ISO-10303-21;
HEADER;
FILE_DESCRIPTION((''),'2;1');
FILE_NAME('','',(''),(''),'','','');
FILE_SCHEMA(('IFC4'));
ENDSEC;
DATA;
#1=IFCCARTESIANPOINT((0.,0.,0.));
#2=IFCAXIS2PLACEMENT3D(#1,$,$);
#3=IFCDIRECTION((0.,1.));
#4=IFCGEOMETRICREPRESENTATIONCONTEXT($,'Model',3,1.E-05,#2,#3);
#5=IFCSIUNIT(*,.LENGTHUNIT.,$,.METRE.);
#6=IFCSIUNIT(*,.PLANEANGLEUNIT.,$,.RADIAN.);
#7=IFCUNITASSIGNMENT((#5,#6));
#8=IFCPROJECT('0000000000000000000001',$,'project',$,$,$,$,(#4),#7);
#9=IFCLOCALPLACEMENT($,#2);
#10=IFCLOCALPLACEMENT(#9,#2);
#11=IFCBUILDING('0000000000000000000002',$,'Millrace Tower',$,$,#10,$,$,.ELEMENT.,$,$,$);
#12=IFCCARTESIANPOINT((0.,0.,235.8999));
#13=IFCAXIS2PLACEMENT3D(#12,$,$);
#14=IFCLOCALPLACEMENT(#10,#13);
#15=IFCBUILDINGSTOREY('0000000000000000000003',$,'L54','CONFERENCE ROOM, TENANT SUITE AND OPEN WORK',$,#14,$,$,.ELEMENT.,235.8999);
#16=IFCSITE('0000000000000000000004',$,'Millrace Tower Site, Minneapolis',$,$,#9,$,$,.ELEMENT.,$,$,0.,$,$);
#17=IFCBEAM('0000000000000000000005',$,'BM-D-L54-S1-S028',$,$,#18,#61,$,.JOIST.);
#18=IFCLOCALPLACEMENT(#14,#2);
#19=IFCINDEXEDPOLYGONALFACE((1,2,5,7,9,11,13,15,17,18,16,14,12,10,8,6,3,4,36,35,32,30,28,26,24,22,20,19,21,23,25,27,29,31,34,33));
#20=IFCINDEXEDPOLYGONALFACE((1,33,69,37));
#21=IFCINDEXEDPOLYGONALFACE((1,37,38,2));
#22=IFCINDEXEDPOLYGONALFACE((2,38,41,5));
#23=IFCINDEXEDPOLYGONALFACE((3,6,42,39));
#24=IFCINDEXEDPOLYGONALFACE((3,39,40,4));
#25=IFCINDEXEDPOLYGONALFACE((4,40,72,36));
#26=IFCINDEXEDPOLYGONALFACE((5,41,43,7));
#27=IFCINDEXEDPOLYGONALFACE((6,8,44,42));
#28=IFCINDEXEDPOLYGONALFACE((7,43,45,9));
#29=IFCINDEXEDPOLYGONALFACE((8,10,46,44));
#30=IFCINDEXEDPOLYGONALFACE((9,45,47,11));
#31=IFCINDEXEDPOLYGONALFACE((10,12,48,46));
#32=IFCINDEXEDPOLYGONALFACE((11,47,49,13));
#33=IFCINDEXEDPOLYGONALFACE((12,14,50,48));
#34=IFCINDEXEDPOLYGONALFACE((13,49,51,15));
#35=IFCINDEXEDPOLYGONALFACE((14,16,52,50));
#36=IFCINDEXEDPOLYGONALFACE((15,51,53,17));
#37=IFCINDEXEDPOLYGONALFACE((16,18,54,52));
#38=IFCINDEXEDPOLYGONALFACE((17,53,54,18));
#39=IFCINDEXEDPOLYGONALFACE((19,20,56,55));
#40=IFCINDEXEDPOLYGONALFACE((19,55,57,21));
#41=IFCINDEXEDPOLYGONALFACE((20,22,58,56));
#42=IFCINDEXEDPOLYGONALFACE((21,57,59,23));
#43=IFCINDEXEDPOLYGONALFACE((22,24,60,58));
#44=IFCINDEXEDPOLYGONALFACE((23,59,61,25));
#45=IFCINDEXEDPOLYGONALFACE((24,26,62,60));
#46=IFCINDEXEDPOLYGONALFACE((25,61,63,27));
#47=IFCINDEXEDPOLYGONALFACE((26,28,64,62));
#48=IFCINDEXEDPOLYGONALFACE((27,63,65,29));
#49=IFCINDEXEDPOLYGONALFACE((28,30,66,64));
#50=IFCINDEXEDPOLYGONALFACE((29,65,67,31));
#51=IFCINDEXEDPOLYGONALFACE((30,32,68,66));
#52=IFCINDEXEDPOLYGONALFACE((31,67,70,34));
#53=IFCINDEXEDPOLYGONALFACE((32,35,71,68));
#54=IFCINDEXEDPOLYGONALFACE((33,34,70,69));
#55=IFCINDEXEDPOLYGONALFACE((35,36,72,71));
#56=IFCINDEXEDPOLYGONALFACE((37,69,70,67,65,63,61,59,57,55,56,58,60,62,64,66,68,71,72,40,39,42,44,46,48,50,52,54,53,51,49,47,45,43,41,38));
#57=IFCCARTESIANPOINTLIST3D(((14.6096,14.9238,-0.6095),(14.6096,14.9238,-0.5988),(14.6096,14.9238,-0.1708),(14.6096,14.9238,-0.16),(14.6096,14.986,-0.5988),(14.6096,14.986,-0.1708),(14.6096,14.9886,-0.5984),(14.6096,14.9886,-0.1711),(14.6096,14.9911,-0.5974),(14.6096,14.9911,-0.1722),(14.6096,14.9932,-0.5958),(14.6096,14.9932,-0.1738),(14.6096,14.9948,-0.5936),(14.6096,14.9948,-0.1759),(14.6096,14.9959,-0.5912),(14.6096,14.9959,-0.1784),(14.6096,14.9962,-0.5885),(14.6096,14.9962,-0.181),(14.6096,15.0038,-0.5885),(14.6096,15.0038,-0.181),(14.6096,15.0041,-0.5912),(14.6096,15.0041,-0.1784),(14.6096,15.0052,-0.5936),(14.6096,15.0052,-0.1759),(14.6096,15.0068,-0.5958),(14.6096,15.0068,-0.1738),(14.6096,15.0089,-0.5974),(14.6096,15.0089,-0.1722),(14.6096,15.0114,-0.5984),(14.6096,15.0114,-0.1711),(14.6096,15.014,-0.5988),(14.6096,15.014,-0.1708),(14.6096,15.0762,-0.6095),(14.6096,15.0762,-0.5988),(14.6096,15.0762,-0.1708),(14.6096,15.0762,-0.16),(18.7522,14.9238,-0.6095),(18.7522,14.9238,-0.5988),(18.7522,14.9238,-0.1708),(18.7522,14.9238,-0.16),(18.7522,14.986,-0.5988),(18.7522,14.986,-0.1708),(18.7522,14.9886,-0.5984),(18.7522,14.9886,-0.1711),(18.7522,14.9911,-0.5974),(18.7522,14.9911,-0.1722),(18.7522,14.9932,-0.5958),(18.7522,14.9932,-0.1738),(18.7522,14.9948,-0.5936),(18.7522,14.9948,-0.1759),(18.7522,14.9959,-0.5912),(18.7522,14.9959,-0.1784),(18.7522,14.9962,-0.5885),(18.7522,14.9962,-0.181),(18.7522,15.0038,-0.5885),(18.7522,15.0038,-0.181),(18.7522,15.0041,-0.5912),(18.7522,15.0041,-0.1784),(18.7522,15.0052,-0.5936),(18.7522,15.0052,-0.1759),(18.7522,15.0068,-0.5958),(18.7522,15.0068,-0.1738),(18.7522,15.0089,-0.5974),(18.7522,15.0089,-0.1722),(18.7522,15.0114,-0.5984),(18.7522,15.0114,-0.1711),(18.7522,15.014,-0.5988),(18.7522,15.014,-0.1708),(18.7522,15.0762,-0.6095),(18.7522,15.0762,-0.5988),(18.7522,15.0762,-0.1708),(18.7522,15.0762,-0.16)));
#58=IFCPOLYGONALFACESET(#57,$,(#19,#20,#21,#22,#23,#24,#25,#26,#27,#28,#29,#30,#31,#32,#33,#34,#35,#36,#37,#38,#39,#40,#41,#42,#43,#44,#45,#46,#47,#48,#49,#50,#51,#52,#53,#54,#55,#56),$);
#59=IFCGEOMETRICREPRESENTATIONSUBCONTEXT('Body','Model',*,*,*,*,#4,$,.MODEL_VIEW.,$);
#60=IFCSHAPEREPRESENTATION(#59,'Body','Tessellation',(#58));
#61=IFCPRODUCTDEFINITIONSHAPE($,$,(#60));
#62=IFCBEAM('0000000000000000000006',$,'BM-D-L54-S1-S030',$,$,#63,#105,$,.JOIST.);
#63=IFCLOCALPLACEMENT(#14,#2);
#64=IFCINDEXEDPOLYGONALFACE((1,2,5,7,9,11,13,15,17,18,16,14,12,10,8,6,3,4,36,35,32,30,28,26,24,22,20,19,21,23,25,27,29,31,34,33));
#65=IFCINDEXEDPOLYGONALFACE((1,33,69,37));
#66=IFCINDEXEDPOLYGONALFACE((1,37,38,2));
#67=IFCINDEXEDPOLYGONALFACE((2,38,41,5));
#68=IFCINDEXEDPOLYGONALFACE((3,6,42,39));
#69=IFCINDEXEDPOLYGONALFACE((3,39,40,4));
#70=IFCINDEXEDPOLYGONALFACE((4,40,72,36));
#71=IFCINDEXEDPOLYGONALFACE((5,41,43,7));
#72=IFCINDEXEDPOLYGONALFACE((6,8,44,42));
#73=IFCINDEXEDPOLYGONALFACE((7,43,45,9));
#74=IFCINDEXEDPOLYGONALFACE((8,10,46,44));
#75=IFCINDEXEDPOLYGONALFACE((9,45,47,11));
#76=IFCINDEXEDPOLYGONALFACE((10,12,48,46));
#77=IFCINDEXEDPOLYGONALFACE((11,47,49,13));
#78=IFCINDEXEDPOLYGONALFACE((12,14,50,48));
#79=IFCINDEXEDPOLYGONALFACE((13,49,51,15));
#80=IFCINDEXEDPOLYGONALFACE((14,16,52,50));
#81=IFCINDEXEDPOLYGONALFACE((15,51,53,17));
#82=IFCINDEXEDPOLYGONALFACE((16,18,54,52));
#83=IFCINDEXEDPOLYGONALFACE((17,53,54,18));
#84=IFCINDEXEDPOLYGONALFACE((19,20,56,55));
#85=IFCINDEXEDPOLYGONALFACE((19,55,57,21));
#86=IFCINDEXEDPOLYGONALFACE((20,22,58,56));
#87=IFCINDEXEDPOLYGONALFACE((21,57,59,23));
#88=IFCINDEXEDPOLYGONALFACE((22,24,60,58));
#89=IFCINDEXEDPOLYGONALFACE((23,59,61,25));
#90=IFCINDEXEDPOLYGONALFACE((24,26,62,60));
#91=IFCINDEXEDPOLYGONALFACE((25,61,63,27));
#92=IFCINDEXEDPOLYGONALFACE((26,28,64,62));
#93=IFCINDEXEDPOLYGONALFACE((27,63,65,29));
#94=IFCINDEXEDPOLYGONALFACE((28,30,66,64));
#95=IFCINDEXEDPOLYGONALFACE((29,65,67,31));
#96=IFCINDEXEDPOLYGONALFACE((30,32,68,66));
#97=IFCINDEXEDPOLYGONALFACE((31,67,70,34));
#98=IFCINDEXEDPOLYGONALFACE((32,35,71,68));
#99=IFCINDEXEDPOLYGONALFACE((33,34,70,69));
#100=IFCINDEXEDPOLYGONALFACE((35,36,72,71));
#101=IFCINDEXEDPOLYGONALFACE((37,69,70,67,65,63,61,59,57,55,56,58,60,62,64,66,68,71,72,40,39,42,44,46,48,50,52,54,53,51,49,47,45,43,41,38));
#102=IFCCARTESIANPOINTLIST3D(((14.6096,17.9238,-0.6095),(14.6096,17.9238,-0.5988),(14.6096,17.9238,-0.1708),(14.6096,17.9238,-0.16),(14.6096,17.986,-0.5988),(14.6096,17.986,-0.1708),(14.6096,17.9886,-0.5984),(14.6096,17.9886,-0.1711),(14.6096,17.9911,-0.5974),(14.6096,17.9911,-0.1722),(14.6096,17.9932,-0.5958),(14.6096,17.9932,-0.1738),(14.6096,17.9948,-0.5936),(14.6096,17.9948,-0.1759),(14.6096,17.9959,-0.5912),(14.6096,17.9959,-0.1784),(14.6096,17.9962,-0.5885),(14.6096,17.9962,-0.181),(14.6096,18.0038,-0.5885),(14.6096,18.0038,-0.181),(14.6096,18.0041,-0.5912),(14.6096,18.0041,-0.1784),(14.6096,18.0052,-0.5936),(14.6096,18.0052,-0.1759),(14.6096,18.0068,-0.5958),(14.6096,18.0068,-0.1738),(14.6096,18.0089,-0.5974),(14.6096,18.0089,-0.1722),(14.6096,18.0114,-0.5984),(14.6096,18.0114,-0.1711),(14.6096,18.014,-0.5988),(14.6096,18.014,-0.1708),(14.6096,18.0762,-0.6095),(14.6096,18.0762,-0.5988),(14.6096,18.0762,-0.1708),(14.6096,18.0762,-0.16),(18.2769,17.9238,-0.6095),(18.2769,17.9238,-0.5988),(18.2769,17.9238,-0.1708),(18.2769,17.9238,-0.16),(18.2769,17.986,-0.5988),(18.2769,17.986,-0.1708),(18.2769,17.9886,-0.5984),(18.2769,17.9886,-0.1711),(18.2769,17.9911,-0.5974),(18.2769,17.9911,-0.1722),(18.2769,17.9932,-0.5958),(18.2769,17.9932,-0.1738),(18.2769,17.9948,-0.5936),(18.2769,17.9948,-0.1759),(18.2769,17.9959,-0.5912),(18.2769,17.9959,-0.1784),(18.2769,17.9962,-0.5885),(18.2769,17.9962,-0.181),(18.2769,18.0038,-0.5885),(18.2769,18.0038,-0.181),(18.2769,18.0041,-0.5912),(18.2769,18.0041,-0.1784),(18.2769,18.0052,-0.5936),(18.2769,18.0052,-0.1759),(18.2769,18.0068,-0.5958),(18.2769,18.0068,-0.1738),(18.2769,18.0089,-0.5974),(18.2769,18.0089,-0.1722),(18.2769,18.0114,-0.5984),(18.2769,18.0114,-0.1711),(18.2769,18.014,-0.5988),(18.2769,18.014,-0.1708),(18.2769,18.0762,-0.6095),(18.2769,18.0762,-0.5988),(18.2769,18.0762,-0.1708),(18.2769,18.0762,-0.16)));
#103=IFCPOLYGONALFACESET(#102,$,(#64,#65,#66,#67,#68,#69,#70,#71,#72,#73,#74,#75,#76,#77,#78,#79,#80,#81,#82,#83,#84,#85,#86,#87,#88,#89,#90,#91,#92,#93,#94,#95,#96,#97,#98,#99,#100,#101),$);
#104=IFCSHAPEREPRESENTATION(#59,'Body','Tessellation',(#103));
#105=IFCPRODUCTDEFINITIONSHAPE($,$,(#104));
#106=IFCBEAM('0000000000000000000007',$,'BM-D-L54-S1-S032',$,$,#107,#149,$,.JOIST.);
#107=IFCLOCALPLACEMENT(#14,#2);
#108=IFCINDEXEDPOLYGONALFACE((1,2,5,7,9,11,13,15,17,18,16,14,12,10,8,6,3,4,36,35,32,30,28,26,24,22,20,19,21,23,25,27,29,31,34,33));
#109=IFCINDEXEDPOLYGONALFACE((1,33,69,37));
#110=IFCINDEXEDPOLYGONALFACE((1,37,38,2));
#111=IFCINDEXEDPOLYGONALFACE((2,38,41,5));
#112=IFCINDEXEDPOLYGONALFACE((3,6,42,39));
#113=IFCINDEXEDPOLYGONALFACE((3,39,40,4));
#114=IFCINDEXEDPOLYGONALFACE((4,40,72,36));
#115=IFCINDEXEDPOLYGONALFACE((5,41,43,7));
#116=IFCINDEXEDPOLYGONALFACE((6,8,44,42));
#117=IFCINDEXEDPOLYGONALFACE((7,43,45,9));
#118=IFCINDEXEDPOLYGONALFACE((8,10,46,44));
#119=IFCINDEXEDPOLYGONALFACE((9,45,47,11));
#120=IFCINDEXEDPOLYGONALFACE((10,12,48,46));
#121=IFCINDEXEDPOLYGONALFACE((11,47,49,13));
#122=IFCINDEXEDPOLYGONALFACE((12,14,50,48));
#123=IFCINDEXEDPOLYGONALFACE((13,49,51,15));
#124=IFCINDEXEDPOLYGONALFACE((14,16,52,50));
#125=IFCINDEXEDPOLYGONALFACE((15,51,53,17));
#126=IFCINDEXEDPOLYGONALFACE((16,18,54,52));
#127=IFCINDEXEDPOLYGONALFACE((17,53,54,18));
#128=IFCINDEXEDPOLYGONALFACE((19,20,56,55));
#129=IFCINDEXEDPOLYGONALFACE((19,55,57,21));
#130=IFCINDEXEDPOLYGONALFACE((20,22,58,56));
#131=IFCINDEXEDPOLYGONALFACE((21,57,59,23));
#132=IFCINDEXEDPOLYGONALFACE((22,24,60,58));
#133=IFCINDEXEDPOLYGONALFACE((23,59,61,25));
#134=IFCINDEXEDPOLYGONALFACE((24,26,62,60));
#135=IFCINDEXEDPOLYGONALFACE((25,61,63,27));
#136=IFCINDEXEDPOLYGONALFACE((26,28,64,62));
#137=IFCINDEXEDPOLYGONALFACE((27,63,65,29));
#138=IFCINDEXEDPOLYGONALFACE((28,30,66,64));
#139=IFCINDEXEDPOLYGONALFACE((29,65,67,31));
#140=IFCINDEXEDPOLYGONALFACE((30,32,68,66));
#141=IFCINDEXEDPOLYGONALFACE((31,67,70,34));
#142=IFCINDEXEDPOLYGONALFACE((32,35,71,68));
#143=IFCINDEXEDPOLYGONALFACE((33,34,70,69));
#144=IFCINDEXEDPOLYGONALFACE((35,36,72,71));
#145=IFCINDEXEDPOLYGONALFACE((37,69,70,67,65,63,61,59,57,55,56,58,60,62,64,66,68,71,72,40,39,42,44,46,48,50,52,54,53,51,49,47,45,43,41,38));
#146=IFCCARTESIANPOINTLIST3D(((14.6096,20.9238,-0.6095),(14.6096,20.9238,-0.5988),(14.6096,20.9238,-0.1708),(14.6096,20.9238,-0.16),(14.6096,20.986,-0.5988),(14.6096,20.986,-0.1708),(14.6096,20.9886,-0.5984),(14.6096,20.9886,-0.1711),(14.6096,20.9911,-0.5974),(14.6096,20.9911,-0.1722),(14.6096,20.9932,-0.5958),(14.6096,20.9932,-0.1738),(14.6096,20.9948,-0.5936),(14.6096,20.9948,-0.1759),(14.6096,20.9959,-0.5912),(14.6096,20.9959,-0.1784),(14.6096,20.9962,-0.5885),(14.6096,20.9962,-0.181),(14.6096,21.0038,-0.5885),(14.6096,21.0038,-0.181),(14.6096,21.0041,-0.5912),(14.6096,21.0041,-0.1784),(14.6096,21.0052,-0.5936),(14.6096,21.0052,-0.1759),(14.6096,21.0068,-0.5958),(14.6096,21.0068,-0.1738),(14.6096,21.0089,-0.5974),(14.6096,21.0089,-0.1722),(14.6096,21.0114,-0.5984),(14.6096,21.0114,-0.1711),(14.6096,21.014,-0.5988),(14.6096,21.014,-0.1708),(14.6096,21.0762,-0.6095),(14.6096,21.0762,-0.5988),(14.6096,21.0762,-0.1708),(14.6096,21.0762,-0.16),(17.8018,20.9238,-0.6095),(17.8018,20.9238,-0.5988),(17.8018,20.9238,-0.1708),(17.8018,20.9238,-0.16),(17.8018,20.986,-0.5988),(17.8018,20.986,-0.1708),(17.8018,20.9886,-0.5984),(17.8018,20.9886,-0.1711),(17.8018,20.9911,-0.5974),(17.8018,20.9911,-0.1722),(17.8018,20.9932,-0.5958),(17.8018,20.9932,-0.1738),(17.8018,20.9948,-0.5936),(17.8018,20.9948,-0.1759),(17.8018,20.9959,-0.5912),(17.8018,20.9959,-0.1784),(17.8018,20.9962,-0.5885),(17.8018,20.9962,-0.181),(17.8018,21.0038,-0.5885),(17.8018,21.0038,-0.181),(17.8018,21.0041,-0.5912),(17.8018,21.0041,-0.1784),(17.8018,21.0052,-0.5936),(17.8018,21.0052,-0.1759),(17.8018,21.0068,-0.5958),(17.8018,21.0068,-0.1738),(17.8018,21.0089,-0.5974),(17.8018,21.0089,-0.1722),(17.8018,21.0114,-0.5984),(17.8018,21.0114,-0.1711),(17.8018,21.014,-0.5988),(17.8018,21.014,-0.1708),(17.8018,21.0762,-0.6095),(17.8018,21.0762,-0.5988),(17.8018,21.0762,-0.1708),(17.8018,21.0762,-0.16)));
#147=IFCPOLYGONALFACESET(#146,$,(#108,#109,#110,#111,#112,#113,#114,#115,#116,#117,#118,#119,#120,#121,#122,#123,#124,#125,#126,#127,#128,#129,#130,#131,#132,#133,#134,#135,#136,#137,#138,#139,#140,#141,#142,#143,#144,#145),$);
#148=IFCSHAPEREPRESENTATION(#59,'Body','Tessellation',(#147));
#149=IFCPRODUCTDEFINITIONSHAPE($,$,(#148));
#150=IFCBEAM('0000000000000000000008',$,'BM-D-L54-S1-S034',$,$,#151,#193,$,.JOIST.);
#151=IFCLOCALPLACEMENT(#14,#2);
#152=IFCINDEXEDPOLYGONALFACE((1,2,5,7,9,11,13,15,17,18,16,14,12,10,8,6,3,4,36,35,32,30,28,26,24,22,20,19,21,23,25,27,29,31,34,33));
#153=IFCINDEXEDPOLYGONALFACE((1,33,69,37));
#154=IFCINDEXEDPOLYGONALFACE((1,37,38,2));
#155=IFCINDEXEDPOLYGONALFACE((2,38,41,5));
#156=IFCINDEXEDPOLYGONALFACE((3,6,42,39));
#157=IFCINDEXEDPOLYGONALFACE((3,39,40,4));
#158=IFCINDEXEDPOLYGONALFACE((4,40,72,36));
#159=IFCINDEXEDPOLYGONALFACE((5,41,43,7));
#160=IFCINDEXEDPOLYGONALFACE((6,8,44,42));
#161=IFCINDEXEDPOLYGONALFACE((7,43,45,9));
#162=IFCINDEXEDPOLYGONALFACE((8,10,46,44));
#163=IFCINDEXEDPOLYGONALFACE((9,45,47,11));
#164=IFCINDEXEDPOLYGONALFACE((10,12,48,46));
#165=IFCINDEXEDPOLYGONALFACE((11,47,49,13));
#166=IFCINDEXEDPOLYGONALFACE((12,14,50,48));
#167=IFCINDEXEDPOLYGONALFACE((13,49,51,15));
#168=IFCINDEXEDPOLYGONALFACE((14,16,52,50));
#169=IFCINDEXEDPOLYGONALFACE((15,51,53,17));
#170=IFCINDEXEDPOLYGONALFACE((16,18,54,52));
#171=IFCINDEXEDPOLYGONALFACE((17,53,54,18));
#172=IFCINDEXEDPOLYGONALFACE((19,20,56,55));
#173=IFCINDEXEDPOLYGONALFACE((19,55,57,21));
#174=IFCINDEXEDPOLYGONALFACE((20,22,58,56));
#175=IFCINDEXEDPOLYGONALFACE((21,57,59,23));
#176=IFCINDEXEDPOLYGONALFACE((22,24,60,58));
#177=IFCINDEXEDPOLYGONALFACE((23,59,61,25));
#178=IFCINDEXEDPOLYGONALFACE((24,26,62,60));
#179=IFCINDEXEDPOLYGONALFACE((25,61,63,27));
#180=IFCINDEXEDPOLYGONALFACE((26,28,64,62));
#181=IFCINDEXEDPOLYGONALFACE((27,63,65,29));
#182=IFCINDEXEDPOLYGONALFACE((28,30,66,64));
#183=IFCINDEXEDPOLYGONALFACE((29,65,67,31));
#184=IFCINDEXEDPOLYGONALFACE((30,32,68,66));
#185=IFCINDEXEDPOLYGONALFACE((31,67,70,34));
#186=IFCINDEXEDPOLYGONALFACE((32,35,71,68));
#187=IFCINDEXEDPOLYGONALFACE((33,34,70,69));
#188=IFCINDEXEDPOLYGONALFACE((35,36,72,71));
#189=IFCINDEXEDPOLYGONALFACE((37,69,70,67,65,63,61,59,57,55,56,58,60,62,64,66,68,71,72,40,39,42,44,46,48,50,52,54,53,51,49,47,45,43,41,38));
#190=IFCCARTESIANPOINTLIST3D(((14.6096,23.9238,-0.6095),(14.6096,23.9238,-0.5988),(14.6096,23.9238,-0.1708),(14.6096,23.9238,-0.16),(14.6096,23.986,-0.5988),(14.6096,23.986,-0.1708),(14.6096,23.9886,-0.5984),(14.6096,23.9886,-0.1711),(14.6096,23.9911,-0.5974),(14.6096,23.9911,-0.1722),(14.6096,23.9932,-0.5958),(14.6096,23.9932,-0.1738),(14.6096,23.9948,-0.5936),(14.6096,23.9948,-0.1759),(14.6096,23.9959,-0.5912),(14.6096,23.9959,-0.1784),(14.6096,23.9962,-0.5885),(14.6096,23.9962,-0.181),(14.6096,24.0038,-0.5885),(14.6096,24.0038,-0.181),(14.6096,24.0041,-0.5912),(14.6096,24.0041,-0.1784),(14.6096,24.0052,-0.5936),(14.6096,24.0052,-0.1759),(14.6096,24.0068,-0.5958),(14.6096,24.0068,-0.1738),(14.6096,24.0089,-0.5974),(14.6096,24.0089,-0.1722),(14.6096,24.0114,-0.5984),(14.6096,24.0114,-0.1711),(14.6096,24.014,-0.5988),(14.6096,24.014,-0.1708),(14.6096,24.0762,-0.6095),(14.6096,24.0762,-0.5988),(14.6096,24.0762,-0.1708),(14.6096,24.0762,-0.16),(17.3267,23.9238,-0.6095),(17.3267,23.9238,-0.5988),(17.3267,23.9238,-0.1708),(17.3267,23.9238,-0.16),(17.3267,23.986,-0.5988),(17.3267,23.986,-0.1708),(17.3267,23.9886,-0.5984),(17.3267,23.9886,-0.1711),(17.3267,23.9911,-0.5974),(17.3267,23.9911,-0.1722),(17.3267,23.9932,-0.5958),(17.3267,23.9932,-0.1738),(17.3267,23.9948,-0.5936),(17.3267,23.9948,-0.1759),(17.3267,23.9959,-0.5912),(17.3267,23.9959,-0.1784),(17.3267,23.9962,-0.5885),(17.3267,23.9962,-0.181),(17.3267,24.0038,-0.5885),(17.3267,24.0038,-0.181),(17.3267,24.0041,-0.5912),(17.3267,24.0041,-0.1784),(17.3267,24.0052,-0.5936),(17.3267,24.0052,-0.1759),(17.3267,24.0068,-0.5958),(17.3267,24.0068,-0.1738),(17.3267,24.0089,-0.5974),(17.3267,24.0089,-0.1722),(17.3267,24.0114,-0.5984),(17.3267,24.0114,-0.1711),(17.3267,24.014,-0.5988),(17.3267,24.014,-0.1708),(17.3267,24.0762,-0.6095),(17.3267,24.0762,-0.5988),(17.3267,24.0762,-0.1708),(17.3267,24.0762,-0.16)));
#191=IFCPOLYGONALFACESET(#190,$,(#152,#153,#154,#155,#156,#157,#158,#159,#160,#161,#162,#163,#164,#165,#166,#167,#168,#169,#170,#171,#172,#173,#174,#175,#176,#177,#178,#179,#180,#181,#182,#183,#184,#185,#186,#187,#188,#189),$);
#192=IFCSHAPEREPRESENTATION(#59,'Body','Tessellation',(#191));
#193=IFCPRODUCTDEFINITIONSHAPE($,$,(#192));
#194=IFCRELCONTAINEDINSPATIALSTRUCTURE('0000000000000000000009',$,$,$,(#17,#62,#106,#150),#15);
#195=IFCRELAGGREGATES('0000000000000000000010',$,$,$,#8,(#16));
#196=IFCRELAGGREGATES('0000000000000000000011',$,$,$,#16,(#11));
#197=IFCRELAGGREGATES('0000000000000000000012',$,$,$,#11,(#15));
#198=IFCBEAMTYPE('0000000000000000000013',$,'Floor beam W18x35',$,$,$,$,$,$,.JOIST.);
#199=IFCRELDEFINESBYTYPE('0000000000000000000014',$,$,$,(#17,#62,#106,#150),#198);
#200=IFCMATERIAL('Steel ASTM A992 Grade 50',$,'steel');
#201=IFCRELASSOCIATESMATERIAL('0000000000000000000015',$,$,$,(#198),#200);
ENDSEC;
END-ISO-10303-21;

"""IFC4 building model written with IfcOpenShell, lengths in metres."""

from ifc_helpers import new_model, si_unit, direction, frame, origin, origin_2d, place, context, subcontext, project, spatial, i_section, extrude, material, material_profile, profile_set, type_object, element, save


model = new_model("IFC4")

# Units and contexts
model_context = context("Model", 3, precision=1e-05, world=origin(), true_north=direction((0.0, 1.0)))
body_context = subcontext(model_context, "Body", "Model", "MODEL_VIEW")
ifc_project = project(units=[si_unit("LENGTHUNIT", "METRE"), si_unit("PLANEANGLEUNIT", "RADIAN")], contexts=[model_context])

# Site, building, storey
site_placement = place(None, origin())
site = spatial("IfcSite", under=ifc_project, at=site_placement, Name="Millrace Tower Site, Minneapolis", CompositionType="ELEMENT", RefElevation=0.0)
building_placement = place(site_placement, origin())
building = spatial("IfcBuilding", under=site, at=building_placement, Name="Millrace Tower", CompositionType="ELEMENT")
storey_placement = place(building_placement, frame((0.0, 0.0, 235.8999)))
storey = spatial("IfcBuildingStorey", under=building, at=storey_placement, Name="L54", Description="CONFERENCE ROOM, TENANT SUITE AND OPEN WORK", CompositionType="ELEMENT", Elevation=235.8999)

# Beams
ifc_material_1 = material(Name="Steel ASTM A992 Grade 50", Category="steel")
ifc_material_profile_1 = material_profile(ifc_material_1, i_section(OverallWidth=0.1523, OverallDepth=0.4495, WebThickness=0.0076, FlangeThickness=0.0107, FilletRadius=0.0103, at=origin_2d()))
ifc_profile_set_1 = profile_set([ifc_material_profile_1], Name="Steel ASTM A992 Grade 50")
beam_type_1 = type_object("IfcBeamType", Name="Floor beam W18x35", PredefinedType="JOIST", material=ifc_profile_set_1)
beam_1_placement = place(storey_placement, frame((14.6096, 15.0, -0.3848), z_axis=(1.0, 0.0, 0.0), x_axis=(0.0, 1.0, 0.0)))
element("IfcBeam", 1, at=beam_1_placement, inside=storey, type_object=beam_type_1, Name="BM-D-L54-S1-S028", PredefinedType="JOIST", context=body_context, shape_type="SweptSolid", body=[
    extrude(i_section(OverallWidth=0.1523, OverallDepth=0.4495, WebThickness=0.0076, FlangeThickness=0.0107, FilletRadius=0.0103, at=origin_2d()), origin(), (0.0, 0.0, 1.0), 4.1426),
])
beam_2_placement = place(storey_placement, frame((14.6096, 18.0, -0.3848), z_axis=(1.0, 0.0, 0.0), x_axis=(0.0, 1.0, 0.0)))
element("IfcBeam", 2, at=beam_2_placement, inside=storey, type_object=beam_type_1, Name="BM-D-L54-S1-S030", PredefinedType="JOIST", context=body_context, shape_type="SweptSolid", body=[
    extrude(i_section(OverallWidth=0.1523, OverallDepth=0.4495, WebThickness=0.0076, FlangeThickness=0.0107, FilletRadius=0.0103, at=origin_2d()), origin(), (0.0, 0.0, 1.0), 3.6672),
])
beam_3_placement = place(storey_placement, frame((14.6096, 21.0, -0.3848), z_axis=(1.0, 0.0, 0.0), x_axis=(0.0, 1.0, 0.0)))
element("IfcBeam", 3, at=beam_3_placement, inside=storey, type_object=beam_type_1, Name="BM-D-L54-S1-S032", PredefinedType="JOIST", context=body_context, shape_type="SweptSolid", body=[
    extrude(i_section(OverallWidth=0.1523, OverallDepth=0.4495, WebThickness=0.0076, FlangeThickness=0.0107, FilletRadius=0.0103, at=origin_2d()), origin(), (0.0, 0.0, 1.0), 3.1921),
])
beam_4_placement = place(storey_placement, frame((14.6096, 24.0, -0.3848), z_axis=(1.0, 0.0, 0.0), x_axis=(0.0, 1.0, 0.0)))
element("IfcBeam", 4, at=beam_4_placement, inside=storey, type_object=beam_type_1, Name="BM-D-L54-S1-S034", PredefinedType="JOIST", context=body_context, shape_type="SweptSolid", body=[
    extrude(i_section(OverallWidth=0.1523, OverallDepth=0.4495, WebThickness=0.0076, FlangeThickness=0.0107, FilletRadius=0.0103, at=origin_2d()), origin(), (0.0, 0.0, 1.0), 2.717),
])

save(model, "model.ifc")
